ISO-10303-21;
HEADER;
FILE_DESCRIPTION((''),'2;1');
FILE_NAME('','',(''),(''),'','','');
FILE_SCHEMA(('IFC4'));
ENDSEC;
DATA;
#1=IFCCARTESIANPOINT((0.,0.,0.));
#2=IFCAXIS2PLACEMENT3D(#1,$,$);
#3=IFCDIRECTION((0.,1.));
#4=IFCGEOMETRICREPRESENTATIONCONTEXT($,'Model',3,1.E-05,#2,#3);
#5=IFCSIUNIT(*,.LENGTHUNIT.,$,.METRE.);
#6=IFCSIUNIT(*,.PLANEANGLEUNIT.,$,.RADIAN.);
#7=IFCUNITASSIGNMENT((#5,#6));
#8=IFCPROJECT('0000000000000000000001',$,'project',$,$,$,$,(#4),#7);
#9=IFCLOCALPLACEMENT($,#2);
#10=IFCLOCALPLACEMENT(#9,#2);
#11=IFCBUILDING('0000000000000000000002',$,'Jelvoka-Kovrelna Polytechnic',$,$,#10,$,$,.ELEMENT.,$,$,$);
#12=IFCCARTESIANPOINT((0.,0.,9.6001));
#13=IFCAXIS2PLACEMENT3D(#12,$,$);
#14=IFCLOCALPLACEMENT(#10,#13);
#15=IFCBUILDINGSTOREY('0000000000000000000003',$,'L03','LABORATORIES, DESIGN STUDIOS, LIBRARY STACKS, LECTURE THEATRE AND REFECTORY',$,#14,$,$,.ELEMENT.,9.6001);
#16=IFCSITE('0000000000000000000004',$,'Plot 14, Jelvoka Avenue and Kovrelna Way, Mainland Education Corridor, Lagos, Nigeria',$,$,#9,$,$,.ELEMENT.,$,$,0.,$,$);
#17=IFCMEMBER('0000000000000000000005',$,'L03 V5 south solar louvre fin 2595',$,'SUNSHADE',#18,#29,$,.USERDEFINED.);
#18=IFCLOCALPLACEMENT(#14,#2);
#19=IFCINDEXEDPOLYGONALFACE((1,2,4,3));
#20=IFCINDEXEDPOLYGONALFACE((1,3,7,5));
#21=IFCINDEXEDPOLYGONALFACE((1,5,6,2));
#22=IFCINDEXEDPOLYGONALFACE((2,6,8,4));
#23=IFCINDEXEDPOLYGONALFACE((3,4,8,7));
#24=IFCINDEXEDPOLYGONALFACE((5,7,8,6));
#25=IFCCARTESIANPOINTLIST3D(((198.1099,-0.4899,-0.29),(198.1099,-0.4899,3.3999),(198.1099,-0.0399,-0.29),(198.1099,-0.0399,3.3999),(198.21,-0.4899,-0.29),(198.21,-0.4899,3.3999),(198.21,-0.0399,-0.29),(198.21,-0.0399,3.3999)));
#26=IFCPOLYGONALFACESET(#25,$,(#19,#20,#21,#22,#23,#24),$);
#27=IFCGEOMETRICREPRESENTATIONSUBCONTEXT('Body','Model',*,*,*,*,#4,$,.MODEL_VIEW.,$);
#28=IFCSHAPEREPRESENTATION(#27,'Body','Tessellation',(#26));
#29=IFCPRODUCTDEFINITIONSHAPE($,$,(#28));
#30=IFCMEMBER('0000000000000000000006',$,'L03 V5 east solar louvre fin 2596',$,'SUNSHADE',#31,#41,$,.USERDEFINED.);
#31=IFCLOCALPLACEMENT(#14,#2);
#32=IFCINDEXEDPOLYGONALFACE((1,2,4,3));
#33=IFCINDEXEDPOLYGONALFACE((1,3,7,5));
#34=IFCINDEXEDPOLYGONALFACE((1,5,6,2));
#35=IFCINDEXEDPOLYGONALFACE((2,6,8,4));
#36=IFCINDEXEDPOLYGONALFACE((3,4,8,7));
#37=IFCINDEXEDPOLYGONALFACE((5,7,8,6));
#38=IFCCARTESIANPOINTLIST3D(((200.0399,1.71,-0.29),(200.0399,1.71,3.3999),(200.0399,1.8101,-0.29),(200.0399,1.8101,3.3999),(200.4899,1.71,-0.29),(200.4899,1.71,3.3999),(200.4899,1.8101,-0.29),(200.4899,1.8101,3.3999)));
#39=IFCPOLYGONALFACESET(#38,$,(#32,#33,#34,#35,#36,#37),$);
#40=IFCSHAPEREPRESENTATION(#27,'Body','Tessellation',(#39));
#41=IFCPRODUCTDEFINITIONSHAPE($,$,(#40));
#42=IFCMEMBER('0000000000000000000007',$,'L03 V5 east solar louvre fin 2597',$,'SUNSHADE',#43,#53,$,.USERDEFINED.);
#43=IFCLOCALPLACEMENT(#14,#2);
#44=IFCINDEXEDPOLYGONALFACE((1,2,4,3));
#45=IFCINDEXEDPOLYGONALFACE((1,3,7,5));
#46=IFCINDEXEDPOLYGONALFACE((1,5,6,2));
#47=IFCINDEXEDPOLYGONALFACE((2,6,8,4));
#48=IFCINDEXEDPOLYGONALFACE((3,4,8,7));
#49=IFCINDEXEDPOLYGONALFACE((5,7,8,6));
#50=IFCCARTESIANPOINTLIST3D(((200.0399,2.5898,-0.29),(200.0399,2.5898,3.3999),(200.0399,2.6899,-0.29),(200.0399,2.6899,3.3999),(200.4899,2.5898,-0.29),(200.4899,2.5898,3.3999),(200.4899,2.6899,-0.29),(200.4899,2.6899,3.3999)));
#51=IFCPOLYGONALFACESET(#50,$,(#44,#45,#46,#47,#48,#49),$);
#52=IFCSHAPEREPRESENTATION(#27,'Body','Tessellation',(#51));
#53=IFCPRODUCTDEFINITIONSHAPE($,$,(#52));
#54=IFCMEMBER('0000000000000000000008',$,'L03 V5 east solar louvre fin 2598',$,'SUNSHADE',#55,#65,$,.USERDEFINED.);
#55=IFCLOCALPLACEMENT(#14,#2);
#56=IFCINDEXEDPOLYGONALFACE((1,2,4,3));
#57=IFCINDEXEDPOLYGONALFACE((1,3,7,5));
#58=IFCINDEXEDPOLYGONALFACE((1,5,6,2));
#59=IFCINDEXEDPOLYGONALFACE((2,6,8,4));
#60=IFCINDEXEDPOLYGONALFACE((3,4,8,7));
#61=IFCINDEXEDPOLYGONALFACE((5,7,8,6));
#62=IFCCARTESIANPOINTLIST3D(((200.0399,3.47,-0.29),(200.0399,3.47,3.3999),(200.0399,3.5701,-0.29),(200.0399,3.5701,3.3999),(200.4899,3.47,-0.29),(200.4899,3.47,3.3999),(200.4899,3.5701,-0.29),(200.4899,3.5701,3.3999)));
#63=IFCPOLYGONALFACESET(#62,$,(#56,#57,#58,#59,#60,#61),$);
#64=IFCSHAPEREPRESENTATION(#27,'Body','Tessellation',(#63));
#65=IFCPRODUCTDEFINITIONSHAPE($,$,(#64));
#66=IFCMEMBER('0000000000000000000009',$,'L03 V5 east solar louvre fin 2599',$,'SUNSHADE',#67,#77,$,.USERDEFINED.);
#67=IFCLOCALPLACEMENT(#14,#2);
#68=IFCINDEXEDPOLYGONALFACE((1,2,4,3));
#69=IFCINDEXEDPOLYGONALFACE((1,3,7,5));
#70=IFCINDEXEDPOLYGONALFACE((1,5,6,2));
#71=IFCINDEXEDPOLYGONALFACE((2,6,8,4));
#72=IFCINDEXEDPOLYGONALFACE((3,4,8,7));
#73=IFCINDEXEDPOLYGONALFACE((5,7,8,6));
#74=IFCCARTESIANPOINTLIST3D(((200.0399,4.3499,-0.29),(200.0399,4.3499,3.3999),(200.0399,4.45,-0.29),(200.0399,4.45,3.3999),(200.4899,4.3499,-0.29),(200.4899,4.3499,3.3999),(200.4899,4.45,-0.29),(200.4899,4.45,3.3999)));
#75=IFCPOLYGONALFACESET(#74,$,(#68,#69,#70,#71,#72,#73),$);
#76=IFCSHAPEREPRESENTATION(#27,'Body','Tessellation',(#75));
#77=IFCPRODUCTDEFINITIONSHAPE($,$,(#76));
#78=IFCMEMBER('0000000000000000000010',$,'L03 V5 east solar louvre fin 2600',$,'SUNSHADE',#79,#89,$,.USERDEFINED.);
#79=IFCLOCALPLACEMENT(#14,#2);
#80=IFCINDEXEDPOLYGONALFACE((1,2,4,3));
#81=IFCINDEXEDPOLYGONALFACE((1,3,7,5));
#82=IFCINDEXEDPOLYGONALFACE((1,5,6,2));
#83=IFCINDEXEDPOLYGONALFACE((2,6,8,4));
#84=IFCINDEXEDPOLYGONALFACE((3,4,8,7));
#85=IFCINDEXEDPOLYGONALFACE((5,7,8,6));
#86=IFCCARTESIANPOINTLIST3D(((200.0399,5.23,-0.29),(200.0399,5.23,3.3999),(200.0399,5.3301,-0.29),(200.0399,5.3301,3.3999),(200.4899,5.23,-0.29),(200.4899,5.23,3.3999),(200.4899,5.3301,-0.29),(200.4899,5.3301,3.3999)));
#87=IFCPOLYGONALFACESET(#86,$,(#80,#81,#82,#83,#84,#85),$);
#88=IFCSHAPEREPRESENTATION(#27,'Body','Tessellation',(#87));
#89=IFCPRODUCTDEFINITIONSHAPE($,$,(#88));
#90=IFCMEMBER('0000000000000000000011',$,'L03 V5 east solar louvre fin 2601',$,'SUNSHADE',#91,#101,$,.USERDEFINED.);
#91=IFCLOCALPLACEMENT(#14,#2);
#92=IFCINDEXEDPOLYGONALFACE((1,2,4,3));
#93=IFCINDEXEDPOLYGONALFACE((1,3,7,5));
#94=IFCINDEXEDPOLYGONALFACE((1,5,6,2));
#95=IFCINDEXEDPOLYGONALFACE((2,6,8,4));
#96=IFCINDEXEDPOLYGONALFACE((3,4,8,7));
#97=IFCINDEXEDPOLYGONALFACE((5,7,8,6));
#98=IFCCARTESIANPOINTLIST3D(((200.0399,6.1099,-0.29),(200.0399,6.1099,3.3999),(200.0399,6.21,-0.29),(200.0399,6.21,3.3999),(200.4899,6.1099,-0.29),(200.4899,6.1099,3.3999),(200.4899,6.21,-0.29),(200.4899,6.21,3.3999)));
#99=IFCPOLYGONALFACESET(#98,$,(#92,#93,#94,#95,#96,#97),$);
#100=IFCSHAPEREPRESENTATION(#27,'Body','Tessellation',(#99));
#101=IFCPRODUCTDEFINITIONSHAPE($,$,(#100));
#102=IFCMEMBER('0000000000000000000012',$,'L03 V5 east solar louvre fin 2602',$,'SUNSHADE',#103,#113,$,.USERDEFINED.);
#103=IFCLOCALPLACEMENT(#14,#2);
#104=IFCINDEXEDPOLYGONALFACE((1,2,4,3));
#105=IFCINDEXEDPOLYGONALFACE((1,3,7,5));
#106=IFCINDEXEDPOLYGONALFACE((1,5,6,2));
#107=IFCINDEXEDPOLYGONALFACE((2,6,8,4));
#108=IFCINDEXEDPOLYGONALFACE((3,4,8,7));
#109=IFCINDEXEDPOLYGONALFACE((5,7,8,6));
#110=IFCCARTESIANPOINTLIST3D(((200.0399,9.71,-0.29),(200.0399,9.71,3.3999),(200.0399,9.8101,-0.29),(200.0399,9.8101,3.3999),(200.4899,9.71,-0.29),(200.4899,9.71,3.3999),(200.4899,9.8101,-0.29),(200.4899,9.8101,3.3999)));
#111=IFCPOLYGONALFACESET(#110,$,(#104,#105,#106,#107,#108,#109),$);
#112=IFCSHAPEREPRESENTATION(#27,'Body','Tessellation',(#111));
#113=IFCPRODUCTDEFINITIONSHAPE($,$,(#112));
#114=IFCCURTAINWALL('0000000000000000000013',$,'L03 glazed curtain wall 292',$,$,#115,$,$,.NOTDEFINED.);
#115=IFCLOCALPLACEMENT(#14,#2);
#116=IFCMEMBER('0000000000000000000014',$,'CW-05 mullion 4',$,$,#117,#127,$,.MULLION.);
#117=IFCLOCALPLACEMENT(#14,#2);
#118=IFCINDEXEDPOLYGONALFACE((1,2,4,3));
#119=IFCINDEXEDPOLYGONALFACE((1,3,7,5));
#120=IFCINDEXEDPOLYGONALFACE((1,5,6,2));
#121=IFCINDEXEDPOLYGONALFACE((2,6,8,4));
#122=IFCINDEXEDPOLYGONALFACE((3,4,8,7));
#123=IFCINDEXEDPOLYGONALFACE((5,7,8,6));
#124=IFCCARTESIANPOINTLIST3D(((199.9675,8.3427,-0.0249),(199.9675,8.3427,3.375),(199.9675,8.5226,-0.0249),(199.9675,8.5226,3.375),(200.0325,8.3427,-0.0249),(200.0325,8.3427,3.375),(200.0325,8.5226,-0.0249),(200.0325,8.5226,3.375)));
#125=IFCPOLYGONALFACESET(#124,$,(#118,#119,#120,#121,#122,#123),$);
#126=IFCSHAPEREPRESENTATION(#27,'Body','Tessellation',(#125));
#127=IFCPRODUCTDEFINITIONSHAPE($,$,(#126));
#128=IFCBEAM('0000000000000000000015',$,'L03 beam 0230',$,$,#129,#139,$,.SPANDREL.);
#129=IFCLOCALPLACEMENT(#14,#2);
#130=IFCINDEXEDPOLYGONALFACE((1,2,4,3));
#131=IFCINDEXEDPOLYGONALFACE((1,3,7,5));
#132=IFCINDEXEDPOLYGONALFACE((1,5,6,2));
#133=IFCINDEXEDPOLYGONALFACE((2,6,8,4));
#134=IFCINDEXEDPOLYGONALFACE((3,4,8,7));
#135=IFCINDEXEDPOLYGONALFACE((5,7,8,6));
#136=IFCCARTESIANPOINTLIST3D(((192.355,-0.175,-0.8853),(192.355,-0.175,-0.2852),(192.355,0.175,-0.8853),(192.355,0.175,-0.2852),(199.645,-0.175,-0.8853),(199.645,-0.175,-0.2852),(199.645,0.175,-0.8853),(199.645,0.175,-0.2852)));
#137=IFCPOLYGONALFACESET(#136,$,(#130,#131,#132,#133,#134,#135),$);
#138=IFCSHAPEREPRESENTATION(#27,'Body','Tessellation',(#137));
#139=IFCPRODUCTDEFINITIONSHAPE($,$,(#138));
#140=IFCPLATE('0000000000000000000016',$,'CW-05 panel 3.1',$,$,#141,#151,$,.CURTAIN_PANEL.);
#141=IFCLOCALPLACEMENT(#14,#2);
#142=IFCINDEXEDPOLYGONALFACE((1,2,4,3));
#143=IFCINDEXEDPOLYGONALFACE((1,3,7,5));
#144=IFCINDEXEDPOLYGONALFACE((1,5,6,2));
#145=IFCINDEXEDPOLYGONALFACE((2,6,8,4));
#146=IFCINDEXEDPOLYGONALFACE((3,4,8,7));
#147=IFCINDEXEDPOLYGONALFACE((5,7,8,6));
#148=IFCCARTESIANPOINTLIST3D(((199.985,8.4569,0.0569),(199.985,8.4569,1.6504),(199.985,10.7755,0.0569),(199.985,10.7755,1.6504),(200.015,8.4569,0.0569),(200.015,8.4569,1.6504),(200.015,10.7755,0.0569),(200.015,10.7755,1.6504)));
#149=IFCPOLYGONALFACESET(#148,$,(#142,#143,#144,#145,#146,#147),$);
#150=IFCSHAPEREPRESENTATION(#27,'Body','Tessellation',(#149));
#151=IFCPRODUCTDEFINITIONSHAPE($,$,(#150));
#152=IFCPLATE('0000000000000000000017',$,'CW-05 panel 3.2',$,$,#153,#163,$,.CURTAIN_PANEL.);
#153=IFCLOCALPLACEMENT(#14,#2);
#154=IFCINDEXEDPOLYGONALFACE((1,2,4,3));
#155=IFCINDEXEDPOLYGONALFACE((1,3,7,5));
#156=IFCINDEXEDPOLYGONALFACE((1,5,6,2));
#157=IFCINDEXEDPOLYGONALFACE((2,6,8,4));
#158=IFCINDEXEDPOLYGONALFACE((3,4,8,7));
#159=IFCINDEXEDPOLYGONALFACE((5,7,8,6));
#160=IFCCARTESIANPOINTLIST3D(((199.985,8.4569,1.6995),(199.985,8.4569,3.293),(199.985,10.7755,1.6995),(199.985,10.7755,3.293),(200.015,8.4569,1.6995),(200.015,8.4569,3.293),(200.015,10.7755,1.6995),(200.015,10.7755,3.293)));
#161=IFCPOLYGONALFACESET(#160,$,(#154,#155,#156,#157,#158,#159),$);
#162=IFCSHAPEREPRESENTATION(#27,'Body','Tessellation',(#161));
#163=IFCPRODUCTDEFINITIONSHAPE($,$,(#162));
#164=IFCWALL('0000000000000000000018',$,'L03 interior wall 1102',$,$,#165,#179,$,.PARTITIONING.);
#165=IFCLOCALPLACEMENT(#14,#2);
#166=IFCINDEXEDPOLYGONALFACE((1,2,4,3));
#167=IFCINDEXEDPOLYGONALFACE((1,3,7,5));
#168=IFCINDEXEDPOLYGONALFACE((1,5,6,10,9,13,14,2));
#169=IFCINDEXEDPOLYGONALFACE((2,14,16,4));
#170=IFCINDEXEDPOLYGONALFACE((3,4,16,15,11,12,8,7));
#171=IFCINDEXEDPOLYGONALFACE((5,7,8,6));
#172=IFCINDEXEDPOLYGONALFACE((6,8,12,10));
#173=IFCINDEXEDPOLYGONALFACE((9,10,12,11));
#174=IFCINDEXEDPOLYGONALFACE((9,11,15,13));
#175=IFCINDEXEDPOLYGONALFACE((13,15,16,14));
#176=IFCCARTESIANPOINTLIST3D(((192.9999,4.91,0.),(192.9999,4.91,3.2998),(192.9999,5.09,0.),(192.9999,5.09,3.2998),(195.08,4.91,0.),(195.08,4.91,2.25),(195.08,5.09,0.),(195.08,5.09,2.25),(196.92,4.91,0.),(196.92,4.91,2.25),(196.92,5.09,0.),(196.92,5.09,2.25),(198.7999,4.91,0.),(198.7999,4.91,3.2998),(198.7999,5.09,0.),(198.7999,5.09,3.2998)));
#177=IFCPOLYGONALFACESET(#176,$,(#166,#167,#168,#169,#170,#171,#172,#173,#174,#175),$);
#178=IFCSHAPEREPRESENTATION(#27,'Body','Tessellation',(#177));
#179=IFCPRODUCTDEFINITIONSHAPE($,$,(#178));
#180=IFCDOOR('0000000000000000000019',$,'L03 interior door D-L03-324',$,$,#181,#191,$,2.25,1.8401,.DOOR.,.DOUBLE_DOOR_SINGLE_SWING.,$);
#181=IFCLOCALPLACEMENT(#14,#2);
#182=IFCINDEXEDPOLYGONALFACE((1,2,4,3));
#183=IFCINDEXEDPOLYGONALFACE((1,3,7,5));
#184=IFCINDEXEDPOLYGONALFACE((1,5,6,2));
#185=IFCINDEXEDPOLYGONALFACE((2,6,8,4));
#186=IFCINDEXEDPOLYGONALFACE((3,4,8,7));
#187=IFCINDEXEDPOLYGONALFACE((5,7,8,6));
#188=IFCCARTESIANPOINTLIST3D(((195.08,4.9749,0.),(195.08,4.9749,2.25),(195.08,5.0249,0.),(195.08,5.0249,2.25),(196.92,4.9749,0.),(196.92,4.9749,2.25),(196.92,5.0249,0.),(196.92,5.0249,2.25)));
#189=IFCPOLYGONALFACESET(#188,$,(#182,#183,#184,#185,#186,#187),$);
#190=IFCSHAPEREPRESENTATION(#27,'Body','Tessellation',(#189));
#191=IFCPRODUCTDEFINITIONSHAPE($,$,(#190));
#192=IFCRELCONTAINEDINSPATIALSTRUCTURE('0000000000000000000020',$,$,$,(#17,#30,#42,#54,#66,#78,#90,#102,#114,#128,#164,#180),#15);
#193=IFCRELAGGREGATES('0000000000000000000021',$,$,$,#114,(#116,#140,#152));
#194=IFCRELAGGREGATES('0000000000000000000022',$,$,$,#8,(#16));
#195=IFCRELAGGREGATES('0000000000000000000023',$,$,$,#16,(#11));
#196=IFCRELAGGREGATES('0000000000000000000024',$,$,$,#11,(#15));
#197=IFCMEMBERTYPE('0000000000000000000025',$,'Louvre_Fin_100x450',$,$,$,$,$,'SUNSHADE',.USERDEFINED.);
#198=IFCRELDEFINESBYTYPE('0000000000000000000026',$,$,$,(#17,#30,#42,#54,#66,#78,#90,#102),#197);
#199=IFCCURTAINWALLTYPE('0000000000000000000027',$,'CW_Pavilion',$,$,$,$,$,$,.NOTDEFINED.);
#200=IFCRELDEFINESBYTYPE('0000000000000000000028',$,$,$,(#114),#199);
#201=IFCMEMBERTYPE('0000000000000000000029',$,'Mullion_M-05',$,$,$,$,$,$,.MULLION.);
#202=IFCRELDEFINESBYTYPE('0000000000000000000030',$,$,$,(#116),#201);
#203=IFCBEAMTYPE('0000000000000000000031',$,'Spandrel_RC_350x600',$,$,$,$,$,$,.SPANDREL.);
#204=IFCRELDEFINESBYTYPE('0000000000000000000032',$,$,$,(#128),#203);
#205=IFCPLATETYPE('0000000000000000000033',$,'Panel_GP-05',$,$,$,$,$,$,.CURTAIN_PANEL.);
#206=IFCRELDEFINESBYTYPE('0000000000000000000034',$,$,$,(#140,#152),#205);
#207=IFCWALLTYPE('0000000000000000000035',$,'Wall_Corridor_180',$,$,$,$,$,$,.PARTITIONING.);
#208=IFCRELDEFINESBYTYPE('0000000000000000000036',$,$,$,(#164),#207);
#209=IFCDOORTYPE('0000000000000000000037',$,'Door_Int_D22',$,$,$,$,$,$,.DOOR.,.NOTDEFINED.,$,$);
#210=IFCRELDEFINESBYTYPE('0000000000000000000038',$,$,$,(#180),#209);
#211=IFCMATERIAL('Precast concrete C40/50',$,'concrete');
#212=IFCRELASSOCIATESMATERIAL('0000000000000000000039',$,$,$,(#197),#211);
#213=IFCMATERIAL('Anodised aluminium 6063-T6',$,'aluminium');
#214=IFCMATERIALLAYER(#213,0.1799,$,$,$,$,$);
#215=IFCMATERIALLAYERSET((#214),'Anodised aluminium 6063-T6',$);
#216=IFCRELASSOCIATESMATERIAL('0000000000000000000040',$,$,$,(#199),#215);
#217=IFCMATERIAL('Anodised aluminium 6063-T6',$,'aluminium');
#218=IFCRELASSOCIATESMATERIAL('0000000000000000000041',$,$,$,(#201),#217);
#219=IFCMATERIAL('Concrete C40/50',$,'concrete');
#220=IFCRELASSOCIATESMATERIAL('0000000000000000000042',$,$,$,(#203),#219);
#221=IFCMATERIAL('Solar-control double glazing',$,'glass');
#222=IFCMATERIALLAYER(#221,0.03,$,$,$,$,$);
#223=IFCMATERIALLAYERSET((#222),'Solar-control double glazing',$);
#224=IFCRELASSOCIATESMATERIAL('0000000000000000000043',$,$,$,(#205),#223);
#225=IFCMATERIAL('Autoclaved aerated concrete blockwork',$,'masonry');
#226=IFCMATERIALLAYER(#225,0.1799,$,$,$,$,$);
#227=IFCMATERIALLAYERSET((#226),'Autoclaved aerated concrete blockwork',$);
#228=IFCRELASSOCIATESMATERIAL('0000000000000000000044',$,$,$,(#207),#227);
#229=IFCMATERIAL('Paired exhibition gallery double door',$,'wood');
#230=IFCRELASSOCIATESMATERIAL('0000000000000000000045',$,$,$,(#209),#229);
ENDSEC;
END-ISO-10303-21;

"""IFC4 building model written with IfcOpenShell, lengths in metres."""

from ifc_helpers import new_model, si_unit, direction, frame, frame_2d, origin, origin_2d, place, context, subcontext, project, spatial, rectangle, extrude, material, layer, layer_set, material_profile, profile_set, type_object, element, fill, aggregate, save


model = new_model("IFC4")

# Units and contexts
model_context = context("Model", 3, precision=1e-05, world=origin(), true_north=direction((0.0, 1.0)))
body_context = subcontext(model_context, "Body", "Model", "MODEL_VIEW")
ifc_project = project(units=[si_unit("LENGTHUNIT", "METRE"), si_unit("PLANEANGLEUNIT", "RADIAN")], contexts=[model_context])

# Site, building, storey
site_placement = place(None, origin())
site = spatial("IfcSite", under=ifc_project, at=site_placement, Name="Plot 14, Jelvoka Avenue and Kovrelna Way, Mainland Education Corridor, Lagos, Nigeria", CompositionType="ELEMENT", RefElevation=0.0)
building_placement = place(site_placement, origin())
building = spatial("IfcBuilding", under=site, at=building_placement, Name="Jelvoka-Kovrelna Polytechnic", CompositionType="ELEMENT")
storey_placement = place(building_placement, frame((0.0, 0.0, 9.6001)))
storey = spatial("IfcBuildingStorey", under=building, at=storey_placement, Name="L03", Description="LABORATORIES, DESIGN STUDIOS, LIBRARY STACKS, LECTURE THEATRE AND REFECTORY", CompositionType="ELEMENT", Elevation=9.6001)

# Members
ifc_material_1 = material(Name="Precast concrete C40/50", Category="concrete")
ifc_material_profile_1 = material_profile(ifc_material_1, rectangle(XDim=0.1001, YDim=0.45, at=origin_2d()), Name="PC 100x450")
ifc_profile_set_1 = profile_set([ifc_material_profile_1], Name="Precast concrete C40/50")
member_type_1 = type_object("IfcMemberType", Name="Louvre_Fin_100x450", ElementType="SUNSHADE", PredefinedType="USERDEFINED", material=ifc_profile_set_1)
for number, where, z_axis, x_axis, name in (
    (1, (198.1599, -0.2649, -0.29), (0.0, 0.0, 1.0), (1.0, 0.0, 0.0), "L03 V5 south solar louvre fin 2595"),
    (2, (200.2649, 1.76, -0.29), (0.0, 0.0, 1.0), (0.0, 1.0, 0.0), "L03 V5 east solar louvre fin 2596"),
    (3, (200.2649, 2.6399, -0.29), (0.0, 0.0, 1.0), (0.0, 1.0, 0.0), "L03 V5 east solar louvre fin 2597"),
    (4, (200.2649, 3.52, -0.29), (0.0, 0.0, 1.0), (0.0, 1.0, 0.0), "L03 V5 east solar louvre fin 2598"),
    (5, (200.2649, 4.3999, -0.29), (0.0, 0.0, 1.0), (0.0, 1.0, 0.0), "L03 V5 east solar louvre fin 2599"),
    (6, (200.2649, 5.28, -0.29), (0.0, 0.0, 1.0), (0.0, 1.0, 0.0), "L03 V5 east solar louvre fin 2600"),
    (7, (200.2649, 6.1599, -0.29), (0.0, 0.0, 1.0), (0.0, 1.0, 0.0), "L03 V5 east solar louvre fin 2601"),
    (8, (200.2649, 9.76, -0.29), (0.0, 0.0, 1.0), (0.0, 1.0, 0.0), "L03 V5 east solar louvre fin 2602"),
):
    element("IfcMember", number, at=place(storey_placement, frame(where, z_axis=z_axis, x_axis=x_axis)), inside=storey, type_object=member_type_1, Name=name, ObjectType="SUNSHADE", PredefinedType="USERDEFINED", context=body_context, shape_type="SweptSolid", body=[
        extrude(rectangle(XDim=0.1001, YDim=0.45, at=origin_2d()), origin(), (0.0, 0.0, 1.0), 3.6899),
    ])

# Curtain wall, member
ifc_material_2 = material(Name="Anodised aluminium 6063-T6", Category="aluminium")
ifc_layer_1 = layer(ifc_material_2, 0.1799)
ifc_layer_set_1 = layer_set([ifc_layer_1], Name="Anodised aluminium 6063-T6")
curtain_wall_type = type_object("IfcCurtainWallType", Name="CW_Pavilion", PredefinedType="NOTDEFINED", material=ifc_layer_set_1)
curtain_wall_placement = place(storey_placement, origin())
curtain_wall = element("IfcCurtainWall", 9, at=curtain_wall_placement, inside=storey, type_object=curtain_wall_type, Name="L03 glazed curtain wall 292", PredefinedType="NOTDEFINED")
ifc_material_3 = material(Name="Anodised aluminium 6063-T6", Category="aluminium")
ifc_material_profile_2 = material_profile(ifc_material_3, rectangle(XDim=0.0649, YDim=0.1799, at=origin_2d()), Name="ALU 65x180")
ifc_profile_set_2 = profile_set([ifc_material_profile_2], Name="Anodised aluminium 6063-T6")
member_type_2 = type_object("IfcMemberType", Name="Mullion_M-05", PredefinedType="MULLION", material=ifc_profile_set_2)
member_placement = place(storey_placement, frame((200.0, 8.4326, -0.0249), z_axis=(0.0, 0.0, 1.0), x_axis=(1.0, 0.0, 0.0)))
member = element("IfcMember", 10, at=member_placement, type_object=member_type_2, Name="CW-05 mullion 4", PredefinedType="MULLION", context=body_context, shape_type="SweptSolid", body=[
    extrude(rectangle(XDim=0.0649, YDim=0.1799, at=origin_2d()), origin(), (0.0, 0.0, 1.0), 3.3999),
])

# Beam
ifc_material_4 = material(Name="Concrete C40/50", Category="concrete")
ifc_material_profile_3 = material_profile(ifc_material_4, rectangle(XDim=0.3501, YDim=0.6001, at=origin_2d()), Name="RC 350x600")
ifc_profile_set_3 = profile_set([ifc_material_profile_3], Name="Concrete C40/50")
beam_type_1 = type_object("IfcBeamType", Name="Spandrel_RC_350x600", PredefinedType="SPANDREL", material=ifc_profile_set_3)
beam_1_placement = place(storey_placement, frame((192.355, 0.0, -0.5852), z_axis=(1.0, 0.0, 0.0), x_axis=(0.0, 1.0, 0.0)))
element("IfcBeam", 11, at=beam_1_placement, inside=storey, type_object=beam_type_1, Name="L03 beam 0230", PredefinedType="SPANDREL", context=body_context, shape_type="SweptSolid", body=[
    extrude(rectangle(XDim=0.3501, YDim=0.6001, at=origin_2d()), origin(), (0.0, 0.0, 1.0), 7.29),
])

# Plates
ifc_material_5 = material(Name="Solar-control double glazing", Category="glass")
ifc_layer_2 = layer(ifc_material_5, 0.03)
ifc_layer_set_2 = layer_set([ifc_layer_2], Name="Solar-control double glazing")
plate_type = type_object("IfcPlateType", Name="Panel_GP-05", PredefinedType="CURTAIN_PANEL", material=ifc_layer_set_2)
plate_1_placement = place(storey_placement, frame((200.0, 9.6162, 0.0569), z_axis=(0.0, 0.0, 1.0), x_axis=(0.0, -1.0, 0.0)))
plate_1 = element("IfcPlate", 12, at=plate_1_placement, type_object=plate_type, Name="CW-05 panel 3.1", PredefinedType="CURTAIN_PANEL", context=body_context, shape_type="SweptSolid", body=[
    extrude(rectangle(XDim=2.3186, YDim=0.03, at=origin_2d()), origin(), (0.0, 0.0, 1.0), 1.5935),
])
plate_2_placement = place(storey_placement, frame((200.0, 9.6162, 1.6995), z_axis=(0.0, 0.0, 1.0), x_axis=(0.0, -1.0, 0.0)))
plate_2 = element("IfcPlate", 13, at=plate_2_placement, type_object=plate_type, Name="CW-05 panel 3.2", PredefinedType="CURTAIN_PANEL", context=body_context, shape_type="SweptSolid", body=[
    extrude(rectangle(XDim=2.3186, YDim=0.03, at=origin_2d()), origin(), (0.0, 0.0, 1.0), 1.5935),
])
aggregate(curtain_wall, [member, plate_1, plate_2])

# Wall, opening, door
ifc_material_6 = material(Name="Autoclaved aerated concrete blockwork", Category="masonry")
ifc_layer_3 = layer(ifc_material_6, 0.1799)
ifc_layer_set_3 = layer_set([ifc_layer_3], Name="Autoclaved aerated concrete blockwork")
wall_type_1 = type_object("IfcWallType", Name="Wall_Corridor_180", PredefinedType="PARTITIONING", material=ifc_layer_set_3)
wall_1_placement = place(storey_placement, frame((193.0, 5.0, 0.0), z_axis=(0.0, 0.0, 1.0), x_axis=(1.0, 0.0, 0.0)))
wall_1 = element("IfcWall", 14, at=wall_1_placement, inside=storey, type_object=wall_type_1, Name="L03 interior wall 1102", PredefinedType="PARTITIONING", context=body_context, shape_type="SweptSolid", body=[
    extrude(rectangle(XDim=5.8, YDim=0.1799, at=frame_2d((2.8999, 0.0))), origin(), (0.0, 0.0, 1.0), 3.2998),
])
opening_1_placement = place(wall_1_placement, frame((2.0801, 0.0, 0.0)))
opening_1 = element("IfcOpeningElement", 15, at=opening_1_placement, cuts=wall_1, PredefinedType="OPENING", context=body_context, shape_type="SweptSolid", body=[
    extrude(rectangle(XDim=1.8401, YDim=2.25, at=frame_2d((0.9199, 1.125))), frame((0.0, 0.0999, 0.0), z_axis=(0.0, -1.0, 0.0), x_axis=(1.0, 0.0, 0.0)), (0.0, 0.0, 1.0), 0.2),
])
ifc_material_7 = material(Name="Paired exhibition gallery double door", Category="wood")
door_type = type_object("IfcDoorType", Name="Door_Int_D22", OperationType="NOTDEFINED", PredefinedType="DOOR", material=ifc_material_7)
door_placement = place(opening_1_placement, origin())
door = element("IfcDoor", 16, at=door_placement, inside=storey, type_object=door_type, Name="L03 interior door D-L03-324", OperationType="DOUBLE_DOOR_SINGLE_SWING", OverallHeight=2.25, OverallWidth=1.8401, PredefinedType="DOOR", context=body_context, shape_type="SweptSolid", body=[
    extrude(rectangle(XDim=1.8401, YDim=2.25, at=frame_2d((0.9199, 1.125))), frame((0.0, 0.0249, 0.0), z_axis=(0.0, -1.0, 0.0), x_axis=(1.0, 0.0, 0.0)), (0.0, 0.0, 1.0), 0.05),
])
fill(opening_1, door)

save(model, "model.ifc")
